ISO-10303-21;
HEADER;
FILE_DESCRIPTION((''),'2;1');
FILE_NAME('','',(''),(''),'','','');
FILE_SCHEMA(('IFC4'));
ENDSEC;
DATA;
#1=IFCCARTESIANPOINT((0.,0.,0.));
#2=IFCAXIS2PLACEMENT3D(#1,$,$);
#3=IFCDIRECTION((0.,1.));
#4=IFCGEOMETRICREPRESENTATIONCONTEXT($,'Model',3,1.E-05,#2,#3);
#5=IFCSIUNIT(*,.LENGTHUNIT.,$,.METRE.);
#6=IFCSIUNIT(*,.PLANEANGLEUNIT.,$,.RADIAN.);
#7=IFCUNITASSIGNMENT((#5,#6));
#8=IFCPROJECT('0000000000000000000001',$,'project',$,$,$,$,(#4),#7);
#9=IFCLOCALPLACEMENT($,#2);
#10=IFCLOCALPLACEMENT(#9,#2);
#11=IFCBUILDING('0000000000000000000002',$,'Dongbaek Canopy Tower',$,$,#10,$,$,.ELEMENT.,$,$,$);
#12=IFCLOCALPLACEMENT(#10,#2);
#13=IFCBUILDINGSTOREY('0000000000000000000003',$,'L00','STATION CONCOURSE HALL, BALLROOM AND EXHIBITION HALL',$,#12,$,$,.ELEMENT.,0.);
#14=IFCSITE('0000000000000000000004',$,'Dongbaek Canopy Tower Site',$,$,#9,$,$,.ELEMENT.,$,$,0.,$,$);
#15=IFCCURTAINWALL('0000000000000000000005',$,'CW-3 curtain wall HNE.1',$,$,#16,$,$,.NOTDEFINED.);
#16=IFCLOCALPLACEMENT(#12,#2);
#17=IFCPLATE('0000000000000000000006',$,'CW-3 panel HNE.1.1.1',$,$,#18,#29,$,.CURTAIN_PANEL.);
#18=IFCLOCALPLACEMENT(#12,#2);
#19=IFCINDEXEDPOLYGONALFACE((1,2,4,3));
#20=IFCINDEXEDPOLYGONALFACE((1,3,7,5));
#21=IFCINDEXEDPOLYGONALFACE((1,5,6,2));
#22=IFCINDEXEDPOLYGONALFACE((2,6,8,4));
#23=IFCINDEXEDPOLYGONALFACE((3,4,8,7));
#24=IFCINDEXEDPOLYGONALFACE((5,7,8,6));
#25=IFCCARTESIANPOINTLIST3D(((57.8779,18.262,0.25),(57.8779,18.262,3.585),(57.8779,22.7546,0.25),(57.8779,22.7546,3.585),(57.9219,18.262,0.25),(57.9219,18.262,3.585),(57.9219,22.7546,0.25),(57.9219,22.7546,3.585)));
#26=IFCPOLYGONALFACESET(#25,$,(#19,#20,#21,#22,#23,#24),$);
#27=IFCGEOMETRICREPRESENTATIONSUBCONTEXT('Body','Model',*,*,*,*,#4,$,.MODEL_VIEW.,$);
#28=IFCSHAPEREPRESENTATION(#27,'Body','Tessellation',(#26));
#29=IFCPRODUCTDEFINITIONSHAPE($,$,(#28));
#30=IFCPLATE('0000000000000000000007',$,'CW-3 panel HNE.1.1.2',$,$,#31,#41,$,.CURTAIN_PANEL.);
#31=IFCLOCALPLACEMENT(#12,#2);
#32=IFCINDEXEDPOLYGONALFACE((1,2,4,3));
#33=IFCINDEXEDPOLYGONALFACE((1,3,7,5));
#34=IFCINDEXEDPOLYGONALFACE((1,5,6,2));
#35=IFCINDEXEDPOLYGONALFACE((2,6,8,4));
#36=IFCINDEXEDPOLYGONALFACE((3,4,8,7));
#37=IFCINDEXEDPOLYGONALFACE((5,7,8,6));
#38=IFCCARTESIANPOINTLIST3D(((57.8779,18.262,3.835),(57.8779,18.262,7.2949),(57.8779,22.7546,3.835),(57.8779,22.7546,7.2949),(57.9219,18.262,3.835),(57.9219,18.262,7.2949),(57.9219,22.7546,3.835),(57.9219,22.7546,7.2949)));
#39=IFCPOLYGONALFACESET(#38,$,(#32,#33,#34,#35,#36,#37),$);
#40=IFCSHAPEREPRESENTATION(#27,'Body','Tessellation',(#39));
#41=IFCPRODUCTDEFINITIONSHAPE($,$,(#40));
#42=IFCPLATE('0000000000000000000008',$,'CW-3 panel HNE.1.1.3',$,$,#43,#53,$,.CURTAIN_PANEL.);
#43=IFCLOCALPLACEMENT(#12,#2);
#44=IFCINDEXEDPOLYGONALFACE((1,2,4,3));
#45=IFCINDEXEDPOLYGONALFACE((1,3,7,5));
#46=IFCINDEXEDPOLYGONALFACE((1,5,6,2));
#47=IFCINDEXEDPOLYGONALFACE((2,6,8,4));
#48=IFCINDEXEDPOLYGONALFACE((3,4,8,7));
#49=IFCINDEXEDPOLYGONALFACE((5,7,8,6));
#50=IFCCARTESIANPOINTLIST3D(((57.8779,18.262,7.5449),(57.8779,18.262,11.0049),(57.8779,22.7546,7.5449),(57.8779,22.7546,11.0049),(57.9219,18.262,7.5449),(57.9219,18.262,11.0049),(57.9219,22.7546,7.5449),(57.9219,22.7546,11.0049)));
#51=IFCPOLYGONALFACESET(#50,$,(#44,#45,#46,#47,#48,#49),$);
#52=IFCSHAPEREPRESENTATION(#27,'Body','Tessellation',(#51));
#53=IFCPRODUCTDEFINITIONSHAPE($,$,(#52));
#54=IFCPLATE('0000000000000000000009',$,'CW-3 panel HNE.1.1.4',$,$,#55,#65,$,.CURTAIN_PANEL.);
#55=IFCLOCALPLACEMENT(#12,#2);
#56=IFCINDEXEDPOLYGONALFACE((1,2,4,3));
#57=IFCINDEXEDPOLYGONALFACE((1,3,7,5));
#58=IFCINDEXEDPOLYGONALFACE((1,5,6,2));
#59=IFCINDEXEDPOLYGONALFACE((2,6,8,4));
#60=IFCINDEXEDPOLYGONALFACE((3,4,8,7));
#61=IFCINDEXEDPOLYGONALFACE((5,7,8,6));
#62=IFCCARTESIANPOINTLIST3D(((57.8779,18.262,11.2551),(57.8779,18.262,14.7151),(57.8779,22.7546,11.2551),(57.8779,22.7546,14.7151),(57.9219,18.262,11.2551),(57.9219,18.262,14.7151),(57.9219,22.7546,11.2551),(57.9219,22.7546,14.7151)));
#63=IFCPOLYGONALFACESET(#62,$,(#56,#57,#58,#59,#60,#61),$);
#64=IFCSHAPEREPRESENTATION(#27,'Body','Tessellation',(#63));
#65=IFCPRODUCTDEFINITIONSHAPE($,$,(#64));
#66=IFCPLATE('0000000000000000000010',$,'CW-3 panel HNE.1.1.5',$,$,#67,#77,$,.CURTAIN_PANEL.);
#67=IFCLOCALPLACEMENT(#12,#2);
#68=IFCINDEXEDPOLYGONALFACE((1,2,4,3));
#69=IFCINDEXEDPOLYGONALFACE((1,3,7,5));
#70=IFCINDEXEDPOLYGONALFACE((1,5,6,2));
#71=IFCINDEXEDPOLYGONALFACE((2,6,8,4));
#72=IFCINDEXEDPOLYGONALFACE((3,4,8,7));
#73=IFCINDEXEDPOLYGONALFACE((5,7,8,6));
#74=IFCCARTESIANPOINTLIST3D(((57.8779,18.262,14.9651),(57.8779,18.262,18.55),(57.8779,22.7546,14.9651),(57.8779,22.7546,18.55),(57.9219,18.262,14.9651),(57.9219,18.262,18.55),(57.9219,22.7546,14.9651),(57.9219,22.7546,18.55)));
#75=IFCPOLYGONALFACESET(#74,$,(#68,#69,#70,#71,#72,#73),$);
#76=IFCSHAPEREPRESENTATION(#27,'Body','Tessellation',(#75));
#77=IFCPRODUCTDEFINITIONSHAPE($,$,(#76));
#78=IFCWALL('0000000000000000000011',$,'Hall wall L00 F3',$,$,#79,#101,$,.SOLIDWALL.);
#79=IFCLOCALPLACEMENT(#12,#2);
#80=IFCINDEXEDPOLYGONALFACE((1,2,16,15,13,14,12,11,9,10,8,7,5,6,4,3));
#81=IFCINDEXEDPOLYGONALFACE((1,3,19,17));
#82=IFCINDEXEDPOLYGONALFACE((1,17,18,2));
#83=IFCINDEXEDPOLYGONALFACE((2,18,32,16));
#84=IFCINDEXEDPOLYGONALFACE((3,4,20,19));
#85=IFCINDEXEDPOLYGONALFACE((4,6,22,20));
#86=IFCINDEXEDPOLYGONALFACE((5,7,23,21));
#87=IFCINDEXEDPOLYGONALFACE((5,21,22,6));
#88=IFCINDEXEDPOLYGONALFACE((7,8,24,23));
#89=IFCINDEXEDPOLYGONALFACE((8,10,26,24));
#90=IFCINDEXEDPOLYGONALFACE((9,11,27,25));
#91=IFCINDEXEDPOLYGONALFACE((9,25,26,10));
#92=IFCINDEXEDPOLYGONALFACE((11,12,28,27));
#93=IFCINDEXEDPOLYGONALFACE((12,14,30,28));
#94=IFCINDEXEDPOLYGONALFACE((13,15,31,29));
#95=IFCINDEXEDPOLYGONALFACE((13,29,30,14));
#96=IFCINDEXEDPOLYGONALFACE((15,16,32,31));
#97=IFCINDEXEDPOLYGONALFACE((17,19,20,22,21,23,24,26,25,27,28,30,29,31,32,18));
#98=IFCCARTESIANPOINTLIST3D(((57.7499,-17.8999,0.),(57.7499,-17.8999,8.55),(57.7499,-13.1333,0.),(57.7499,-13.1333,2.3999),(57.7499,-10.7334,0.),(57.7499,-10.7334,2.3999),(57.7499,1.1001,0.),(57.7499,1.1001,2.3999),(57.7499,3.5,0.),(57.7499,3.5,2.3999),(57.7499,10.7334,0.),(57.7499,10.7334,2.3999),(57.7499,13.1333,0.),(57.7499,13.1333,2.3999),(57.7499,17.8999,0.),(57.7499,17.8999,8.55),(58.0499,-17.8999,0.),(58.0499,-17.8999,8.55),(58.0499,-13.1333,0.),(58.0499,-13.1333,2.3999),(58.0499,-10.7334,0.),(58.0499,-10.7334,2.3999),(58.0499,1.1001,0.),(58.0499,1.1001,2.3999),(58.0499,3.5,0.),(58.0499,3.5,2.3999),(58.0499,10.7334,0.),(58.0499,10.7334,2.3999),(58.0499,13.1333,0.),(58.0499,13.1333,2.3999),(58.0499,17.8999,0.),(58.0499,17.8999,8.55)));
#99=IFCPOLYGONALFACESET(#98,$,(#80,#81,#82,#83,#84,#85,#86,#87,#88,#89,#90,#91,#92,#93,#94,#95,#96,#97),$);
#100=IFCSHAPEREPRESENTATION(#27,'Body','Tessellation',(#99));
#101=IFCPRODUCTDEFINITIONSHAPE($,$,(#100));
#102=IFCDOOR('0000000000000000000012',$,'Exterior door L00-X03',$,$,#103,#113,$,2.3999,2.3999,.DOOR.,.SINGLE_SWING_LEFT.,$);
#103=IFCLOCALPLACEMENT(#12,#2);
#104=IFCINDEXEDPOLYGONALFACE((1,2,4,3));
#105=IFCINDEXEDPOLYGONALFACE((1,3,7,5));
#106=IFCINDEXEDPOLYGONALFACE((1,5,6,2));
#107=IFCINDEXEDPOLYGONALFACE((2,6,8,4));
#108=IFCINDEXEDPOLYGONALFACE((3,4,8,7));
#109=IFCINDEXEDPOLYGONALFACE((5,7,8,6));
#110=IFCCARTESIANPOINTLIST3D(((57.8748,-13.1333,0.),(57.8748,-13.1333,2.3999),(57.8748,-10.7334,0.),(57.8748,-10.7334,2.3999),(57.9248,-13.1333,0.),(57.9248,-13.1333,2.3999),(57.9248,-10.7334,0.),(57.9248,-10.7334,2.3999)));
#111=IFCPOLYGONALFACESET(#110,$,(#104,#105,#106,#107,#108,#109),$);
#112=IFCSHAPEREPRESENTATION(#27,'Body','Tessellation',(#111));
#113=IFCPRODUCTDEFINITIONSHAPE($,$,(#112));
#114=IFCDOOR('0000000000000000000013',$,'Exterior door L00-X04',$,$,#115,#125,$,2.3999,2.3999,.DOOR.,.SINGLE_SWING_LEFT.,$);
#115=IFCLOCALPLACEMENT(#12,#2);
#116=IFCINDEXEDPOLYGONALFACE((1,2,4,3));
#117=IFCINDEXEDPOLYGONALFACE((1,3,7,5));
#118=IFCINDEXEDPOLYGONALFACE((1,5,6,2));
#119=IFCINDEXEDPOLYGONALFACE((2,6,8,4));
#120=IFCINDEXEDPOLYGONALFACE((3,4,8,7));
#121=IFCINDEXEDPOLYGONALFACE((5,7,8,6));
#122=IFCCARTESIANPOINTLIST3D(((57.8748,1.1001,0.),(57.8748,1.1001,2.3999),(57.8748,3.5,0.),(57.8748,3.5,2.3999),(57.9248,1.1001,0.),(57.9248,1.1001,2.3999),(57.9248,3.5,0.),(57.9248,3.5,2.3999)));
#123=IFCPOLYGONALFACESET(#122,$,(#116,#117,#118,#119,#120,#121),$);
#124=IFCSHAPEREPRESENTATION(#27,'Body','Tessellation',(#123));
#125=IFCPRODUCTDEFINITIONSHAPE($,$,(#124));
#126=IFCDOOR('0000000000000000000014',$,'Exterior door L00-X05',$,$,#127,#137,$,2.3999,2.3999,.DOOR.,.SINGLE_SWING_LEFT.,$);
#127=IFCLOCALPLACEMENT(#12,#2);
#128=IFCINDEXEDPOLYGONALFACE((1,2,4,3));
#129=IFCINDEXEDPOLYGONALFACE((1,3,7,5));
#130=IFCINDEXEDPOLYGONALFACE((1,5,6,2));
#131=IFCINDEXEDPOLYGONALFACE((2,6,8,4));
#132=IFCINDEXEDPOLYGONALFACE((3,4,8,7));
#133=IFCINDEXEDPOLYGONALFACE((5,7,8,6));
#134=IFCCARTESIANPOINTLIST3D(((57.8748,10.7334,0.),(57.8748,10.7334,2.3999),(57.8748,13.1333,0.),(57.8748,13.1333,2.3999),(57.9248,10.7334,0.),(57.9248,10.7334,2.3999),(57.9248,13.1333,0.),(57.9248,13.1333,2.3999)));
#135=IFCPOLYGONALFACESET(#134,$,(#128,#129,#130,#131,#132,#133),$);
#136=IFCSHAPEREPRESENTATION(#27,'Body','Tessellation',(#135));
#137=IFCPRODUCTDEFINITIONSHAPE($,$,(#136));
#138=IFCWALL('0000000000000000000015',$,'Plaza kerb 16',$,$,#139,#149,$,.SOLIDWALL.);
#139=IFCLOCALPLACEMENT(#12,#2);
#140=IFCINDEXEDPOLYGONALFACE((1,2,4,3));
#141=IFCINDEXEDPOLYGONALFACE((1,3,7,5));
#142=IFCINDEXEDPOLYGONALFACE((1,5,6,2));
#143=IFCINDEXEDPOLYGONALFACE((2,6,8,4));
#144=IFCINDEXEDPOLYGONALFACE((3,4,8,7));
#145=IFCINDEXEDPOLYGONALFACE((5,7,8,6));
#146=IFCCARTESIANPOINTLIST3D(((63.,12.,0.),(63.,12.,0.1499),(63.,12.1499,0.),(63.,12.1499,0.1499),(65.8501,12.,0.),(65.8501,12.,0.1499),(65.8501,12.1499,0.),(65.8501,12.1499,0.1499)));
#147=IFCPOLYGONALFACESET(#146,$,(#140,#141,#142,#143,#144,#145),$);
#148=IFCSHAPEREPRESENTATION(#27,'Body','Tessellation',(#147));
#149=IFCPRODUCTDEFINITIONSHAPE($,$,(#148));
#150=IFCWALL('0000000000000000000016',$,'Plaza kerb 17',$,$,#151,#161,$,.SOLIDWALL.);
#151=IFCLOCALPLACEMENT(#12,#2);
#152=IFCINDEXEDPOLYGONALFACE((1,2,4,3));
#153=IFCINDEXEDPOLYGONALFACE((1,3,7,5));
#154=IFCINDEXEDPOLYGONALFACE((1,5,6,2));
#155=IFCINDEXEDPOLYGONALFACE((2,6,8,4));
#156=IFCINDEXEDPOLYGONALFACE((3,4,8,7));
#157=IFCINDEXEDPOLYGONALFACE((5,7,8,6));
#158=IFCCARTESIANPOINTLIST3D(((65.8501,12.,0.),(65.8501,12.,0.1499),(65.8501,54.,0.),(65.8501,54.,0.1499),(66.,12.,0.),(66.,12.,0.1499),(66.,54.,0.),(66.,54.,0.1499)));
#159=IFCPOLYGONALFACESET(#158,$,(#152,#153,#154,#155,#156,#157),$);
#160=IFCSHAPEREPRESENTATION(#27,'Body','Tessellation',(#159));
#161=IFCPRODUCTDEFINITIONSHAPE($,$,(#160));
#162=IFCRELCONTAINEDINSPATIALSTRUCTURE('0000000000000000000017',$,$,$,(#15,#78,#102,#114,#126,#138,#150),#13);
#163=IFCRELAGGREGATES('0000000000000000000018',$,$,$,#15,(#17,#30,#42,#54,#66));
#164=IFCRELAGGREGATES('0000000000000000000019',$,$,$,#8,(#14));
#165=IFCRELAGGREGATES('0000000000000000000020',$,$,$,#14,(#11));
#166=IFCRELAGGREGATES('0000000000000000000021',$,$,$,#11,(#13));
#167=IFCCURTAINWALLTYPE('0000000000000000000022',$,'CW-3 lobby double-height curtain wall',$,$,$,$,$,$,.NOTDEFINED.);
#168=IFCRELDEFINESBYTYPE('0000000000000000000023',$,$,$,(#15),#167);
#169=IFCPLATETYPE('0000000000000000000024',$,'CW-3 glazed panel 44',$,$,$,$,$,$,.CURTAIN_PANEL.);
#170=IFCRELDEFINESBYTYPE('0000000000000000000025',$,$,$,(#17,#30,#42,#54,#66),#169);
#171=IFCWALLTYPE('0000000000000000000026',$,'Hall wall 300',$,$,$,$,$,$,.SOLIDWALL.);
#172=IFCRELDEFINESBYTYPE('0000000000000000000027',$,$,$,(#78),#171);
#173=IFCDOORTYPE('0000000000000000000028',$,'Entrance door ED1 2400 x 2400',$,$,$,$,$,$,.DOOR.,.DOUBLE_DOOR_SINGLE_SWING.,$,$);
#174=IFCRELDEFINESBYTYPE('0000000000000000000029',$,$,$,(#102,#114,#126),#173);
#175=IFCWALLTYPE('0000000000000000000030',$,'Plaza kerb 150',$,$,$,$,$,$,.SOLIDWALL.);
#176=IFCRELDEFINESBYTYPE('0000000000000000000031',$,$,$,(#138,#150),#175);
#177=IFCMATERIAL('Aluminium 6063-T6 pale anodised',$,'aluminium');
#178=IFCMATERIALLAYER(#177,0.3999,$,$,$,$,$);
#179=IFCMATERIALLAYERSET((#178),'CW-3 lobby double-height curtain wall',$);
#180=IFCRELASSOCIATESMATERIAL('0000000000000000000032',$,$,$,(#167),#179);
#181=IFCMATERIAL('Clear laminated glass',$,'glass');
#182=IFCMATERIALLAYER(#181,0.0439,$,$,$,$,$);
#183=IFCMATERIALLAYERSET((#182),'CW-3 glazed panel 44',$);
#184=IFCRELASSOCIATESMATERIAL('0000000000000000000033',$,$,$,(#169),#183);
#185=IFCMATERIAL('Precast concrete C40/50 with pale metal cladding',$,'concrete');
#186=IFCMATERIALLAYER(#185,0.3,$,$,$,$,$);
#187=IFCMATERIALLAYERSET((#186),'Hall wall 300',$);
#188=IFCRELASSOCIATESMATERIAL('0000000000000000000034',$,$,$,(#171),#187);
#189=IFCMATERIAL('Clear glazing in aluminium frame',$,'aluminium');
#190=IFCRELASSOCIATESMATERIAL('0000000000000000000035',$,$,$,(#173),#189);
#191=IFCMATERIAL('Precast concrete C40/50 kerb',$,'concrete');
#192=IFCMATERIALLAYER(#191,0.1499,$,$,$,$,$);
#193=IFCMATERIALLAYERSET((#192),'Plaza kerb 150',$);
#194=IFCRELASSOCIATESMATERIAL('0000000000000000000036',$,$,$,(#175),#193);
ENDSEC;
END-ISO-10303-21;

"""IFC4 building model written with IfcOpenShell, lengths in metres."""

from ifc_helpers import new_model, si_unit, direction, frame, frame_2d, origin, origin_2d, place, context, subcontext, project, spatial, rectangle, extrude, material, layer, layer_set, type_object, element, fill, aggregate, save


model = new_model("IFC4")

# Units and contexts
model_context = context("Model", 3, precision=1e-05, world=origin(), true_north=direction((0.0, 1.0)))
body_context = subcontext(model_context, "Body", "Model", "MODEL_VIEW")
ifc_project = project(units=[si_unit("LENGTHUNIT", "METRE"), si_unit("PLANEANGLEUNIT", "RADIAN")], contexts=[model_context])

# Site, building, storey
site_placement = place(None, origin())
site = spatial("IfcSite", under=ifc_project, at=site_placement, Name="Dongbaek Canopy Tower Site", CompositionType="ELEMENT", RefElevation=0.0)
building_placement = place(site_placement, origin())
building = spatial("IfcBuilding", under=site, at=building_placement, Name="Dongbaek Canopy Tower", CompositionType="ELEMENT")
storey_placement = place(building_placement, origin())
storey = spatial("IfcBuildingStorey", under=building, at=storey_placement, Name="L00", Description="STATION CONCOURSE HALL, BALLROOM AND EXHIBITION HALL", CompositionType="ELEMENT", Elevation=0.0)

# Curtain wall, plates
ifc_material_1 = material(Name="Aluminium 6063-T6 pale anodised", Category="aluminium")
ifc_layer_1 = layer(ifc_material_1, 0.3999)
ifc_layer_set_1 = layer_set([ifc_layer_1], Name="CW-3 lobby double-height curtain wall")
curtain_wall_type = type_object("IfcCurtainWallType", Name="CW-3 lobby double-height curtain wall", PredefinedType="NOTDEFINED", material=ifc_layer_set_1)
curtain_wall_placement = place(storey_placement, origin())
curtain_wall = element("IfcCurtainWall", 1, at=curtain_wall_placement, inside=storey, type_object=curtain_wall_type, Name="CW-3 curtain wall HNE.1", PredefinedType="NOTDEFINED")
ifc_material_2 = material(Name="Clear laminated glass", Category="glass")
ifc_layer_2 = layer(ifc_material_2, 0.0439)
ifc_layer_set_2 = layer_set([ifc_layer_2], Name="CW-3 glazed panel 44")
plate_type = type_object("IfcPlateType", Name="CW-3 glazed panel 44", PredefinedType="CURTAIN_PANEL", material=ifc_layer_set_2)
plate_1_placement = place(storey_placement, frame((57.8999, 20.5083, 0.25), z_axis=(0.0, 0.0, 1.0), x_axis=(0.0, 1.0, 0.0)))
plate_1 = element("IfcPlate", 2, at=plate_1_placement, type_object=plate_type, Name="CW-3 panel HNE.1.1.1", PredefinedType="CURTAIN_PANEL", context=body_context, shape_type="SweptSolid", body=[
    extrude(rectangle(XDim=4.4927, YDim=0.0439, at=origin_2d()), origin(), (0.0, 0.0, 1.0), 3.335),
])
plate_2_placement = place(storey_placement, frame((57.8999, 20.5083, 3.835), z_axis=(0.0, 0.0, 1.0), x_axis=(0.0, 1.0, 0.0)))
plate_2 = element("IfcPlate", 3, at=plate_2_placement, type_object=plate_type, Name="CW-3 panel HNE.1.1.2", PredefinedType="CURTAIN_PANEL", context=body_context, shape_type="SweptSolid", body=[
    extrude(rectangle(XDim=4.4927, YDim=0.0439, at=origin_2d()), origin(), (0.0, 0.0, 1.0), 3.46),
])
plate_3_placement = place(storey_placement, frame((57.8999, 20.5083, 7.5449), z_axis=(0.0, 0.0, 1.0), x_axis=(0.0, 1.0, 0.0)))
plate_3 = element("IfcPlate", 4, at=plate_3_placement, type_object=plate_type, Name="CW-3 panel HNE.1.1.3", PredefinedType="CURTAIN_PANEL", context=body_context, shape_type="SweptSolid", body=[
    extrude(rectangle(XDim=4.4927, YDim=0.0439, at=origin_2d()), origin(), (0.0, 0.0, 1.0), 3.46),
])
plate_4_placement = place(storey_placement, frame((57.8999, 20.5083, 11.2551), z_axis=(0.0, 0.0, 1.0), x_axis=(0.0, 1.0, 0.0)))
plate_4 = element("IfcPlate", 5, at=plate_4_placement, type_object=plate_type, Name="CW-3 panel HNE.1.1.4", PredefinedType="CURTAIN_PANEL", context=body_context, shape_type="SweptSolid", body=[
    extrude(rectangle(XDim=4.4927, YDim=0.0439, at=origin_2d()), origin(), (0.0, 0.0, 1.0), 3.46),
])
plate_5_placement = place(storey_placement, frame((57.8999, 20.5083, 14.9651), z_axis=(0.0, 0.0, 1.0), x_axis=(0.0, 1.0, 0.0)))
plate_5 = element("IfcPlate", 6, at=plate_5_placement, type_object=plate_type, Name="CW-3 panel HNE.1.1.5", PredefinedType="CURTAIN_PANEL", context=body_context, shape_type="SweptSolid", body=[
    extrude(rectangle(XDim=4.4927, YDim=0.0439, at=origin_2d()), origin(), (0.0, 0.0, 1.0), 3.585),
])
aggregate(curtain_wall, [plate_1, plate_2, plate_3, plate_4, plate_5])

# Wall, openings, doors
ifc_material_3 = material(Name="Precast concrete C40/50 with pale metal cladding", Category="concrete")
ifc_layer_3 = layer(ifc_material_3, 0.3)
ifc_layer_set_3 = layer_set([ifc_layer_3], Name="Hall wall 300")
wall_type_1 = type_object("IfcWallType", Name="Hall wall 300", PredefinedType="SOLIDWALL", material=ifc_layer_set_3)
wall_1_placement = place(storey_placement, frame((57.8999, 17.8999, 0.0), z_axis=(0.0, 0.0, 1.0), x_axis=(0.0, -1.0, 0.0)))
wall_1 = element("IfcWall", 7, at=wall_1_placement, inside=storey, type_object=wall_type_1, Name="Hall wall L00 F3", PredefinedType="SOLIDWALL", context=body_context, shape_type="SweptSolid", body=[
    extrude(rectangle(XDim=35.7998, YDim=0.3, at=frame_2d((17.8999, 0.0))), origin(), (0.0, 0.0, 1.0), 8.55),
])
opening_1_placement = place(wall_1_placement, frame((28.6333, 0.0, 0.0)))
opening_1 = element("IfcOpeningElement", 8, at=opening_1_placement, cuts=wall_1, PredefinedType="OPENING", context=body_context, shape_type="SweptSolid", body=[
    extrude(rectangle(XDim=2.3999, YDim=2.3999, at=frame_2d((1.2, 1.2))), frame((0.0, 0.1599, 0.0), z_axis=(0.0, -1.0, 0.0), x_axis=(1.0, 0.0, 0.0)), (0.0, 0.0, 1.0), 0.3201),
])
opening_2_placement = place(wall_1_placement, frame((14.3999, 0.0, 0.0)))
opening_2 = element("IfcOpeningElement", 9, at=opening_2_placement, cuts=wall_1, PredefinedType="OPENING", context=body_context, shape_type="SweptSolid", body=[
    extrude(rectangle(XDim=2.3999, YDim=2.3999, at=frame_2d((1.2, 1.2))), frame((0.0, 0.1599, 0.0), z_axis=(0.0, -1.0, 0.0), x_axis=(1.0, 0.0, 0.0)), (0.0, 0.0, 1.0), 0.3201),
])
opening_3_placement = place(wall_1_placement, frame((4.7666, 0.0, 0.0)))
opening_3 = element("IfcOpeningElement", 10, at=opening_3_placement, cuts=wall_1, PredefinedType="OPENING", context=body_context, shape_type="SweptSolid", body=[
    extrude(rectangle(XDim=2.3999, YDim=2.3999, at=frame_2d((1.2, 1.2))), frame((0.0, 0.1599, 0.0), z_axis=(0.0, -1.0, 0.0), x_axis=(1.0, 0.0, 0.0)), (0.0, 0.0, 1.0), 0.3201),
])
ifc_material_4 = material(Name="Clear glazing in aluminium frame", Category="aluminium")
door_type = type_object("IfcDoorType", Name="Entrance door ED1 2400 x 2400", OperationType="DOUBLE_DOOR_SINGLE_SWING", PredefinedType="DOOR", material=ifc_material_4)
door_1_placement = place(opening_1_placement, origin())
door_1 = element("IfcDoor", 11, at=door_1_placement, inside=storey, type_object=door_type, Name="Exterior door L00-X03", OperationType="SINGLE_SWING_LEFT", OverallHeight=2.3999, OverallWidth=2.3999, PredefinedType="DOOR", context=body_context, shape_type="SweptSolid", body=[
    extrude(rectangle(XDim=2.3999, YDim=2.3999, at=frame_2d((1.2, 1.2))), frame((0.0, 0.0249, 0.0), z_axis=(0.0, -1.0, 0.0), x_axis=(1.0, 0.0, 0.0)), (0.0, 0.0, 1.0), 0.05),
])
fill(opening_1, door_1)
door_2_placement = place(opening_2_placement, origin())
door_2 = element("IfcDoor", 12, at=door_2_placement, inside=storey, type_object=door_type, Name="Exterior door L00-X04", OperationType="SINGLE_SWING_LEFT", OverallHeight=2.3999, OverallWidth=2.3999, PredefinedType="DOOR", context=body_context, shape_type="SweptSolid", body=[
    extrude(rectangle(XDim=2.3999, YDim=2.3999, at=frame_2d((1.2, 1.2))), frame((0.0, 0.0249, 0.0), z_axis=(0.0, -1.0, 0.0), x_axis=(1.0, 0.0, 0.0)), (0.0, 0.0, 1.0), 0.05),
])
fill(opening_2, door_2)
door_3_placement = place(opening_3_placement, origin())
door_3 = element("IfcDoor", 13, at=door_3_placement, inside=storey, type_object=door_type, Name="Exterior door L00-X05", OperationType="SINGLE_SWING_LEFT", OverallHeight=2.3999, OverallWidth=2.3999, PredefinedType="DOOR", context=body_context, shape_type="SweptSolid", body=[
    extrude(rectangle(XDim=2.3999, YDim=2.3999, at=frame_2d((1.2, 1.2))), frame((0.0, 0.0249, 0.0), z_axis=(0.0, -1.0, 0.0), x_axis=(1.0, 0.0, 0.0)), (0.0, 0.0, 1.0), 0.05),
])
fill(opening_3, door_3)

# Walls
ifc_material_5 = material(Name="Precast concrete C40/50 kerb", Category="concrete")
ifc_layer_4 = layer(ifc_material_5, 0.1499)
ifc_layer_set_4 = layer_set([ifc_layer_4], Name="Plaza kerb 150")
wall_type_2 = type_object("IfcWallType", Name="Plaza kerb 150", PredefinedType="SOLIDWALL", material=ifc_layer_set_4)
wall_2_placement = place(storey_placement, frame((63.0, 12.075, 0.0), z_axis=(0.0, 0.0, 1.0), x_axis=(1.0, 0.0, 0.0)))
element("IfcWall", 14, at=wall_2_placement, inside=storey, type_object=wall_type_2, Name="Plaza kerb 16", PredefinedType="SOLIDWALL", context=body_context, shape_type="SweptSolid", body=[
    extrude(rectangle(XDim=2.8501, YDim=0.1499, at=frame_2d((1.425, 0.0))), origin(), (0.0, 0.0, 1.0), 0.1499),
])
wall_3_placement = place(storey_placement, frame((65.925, 12.0, 0.0), z_axis=(0.0, 0.0, 1.0), x_axis=(0.0, 1.0, 0.0)))
element("IfcWall", 15, at=wall_3_placement, inside=storey, type_object=wall_type_2, Name="Plaza kerb 17", PredefinedType="SOLIDWALL", context=body_context, shape_type="SweptSolid", body=[
    extrude(rectangle(XDim=42.0, YDim=0.1499, at=frame_2d((21.0, 0.0))), origin(), (0.0, 0.0, 1.0), 0.1499),
])

save(model, "model.ifc")
